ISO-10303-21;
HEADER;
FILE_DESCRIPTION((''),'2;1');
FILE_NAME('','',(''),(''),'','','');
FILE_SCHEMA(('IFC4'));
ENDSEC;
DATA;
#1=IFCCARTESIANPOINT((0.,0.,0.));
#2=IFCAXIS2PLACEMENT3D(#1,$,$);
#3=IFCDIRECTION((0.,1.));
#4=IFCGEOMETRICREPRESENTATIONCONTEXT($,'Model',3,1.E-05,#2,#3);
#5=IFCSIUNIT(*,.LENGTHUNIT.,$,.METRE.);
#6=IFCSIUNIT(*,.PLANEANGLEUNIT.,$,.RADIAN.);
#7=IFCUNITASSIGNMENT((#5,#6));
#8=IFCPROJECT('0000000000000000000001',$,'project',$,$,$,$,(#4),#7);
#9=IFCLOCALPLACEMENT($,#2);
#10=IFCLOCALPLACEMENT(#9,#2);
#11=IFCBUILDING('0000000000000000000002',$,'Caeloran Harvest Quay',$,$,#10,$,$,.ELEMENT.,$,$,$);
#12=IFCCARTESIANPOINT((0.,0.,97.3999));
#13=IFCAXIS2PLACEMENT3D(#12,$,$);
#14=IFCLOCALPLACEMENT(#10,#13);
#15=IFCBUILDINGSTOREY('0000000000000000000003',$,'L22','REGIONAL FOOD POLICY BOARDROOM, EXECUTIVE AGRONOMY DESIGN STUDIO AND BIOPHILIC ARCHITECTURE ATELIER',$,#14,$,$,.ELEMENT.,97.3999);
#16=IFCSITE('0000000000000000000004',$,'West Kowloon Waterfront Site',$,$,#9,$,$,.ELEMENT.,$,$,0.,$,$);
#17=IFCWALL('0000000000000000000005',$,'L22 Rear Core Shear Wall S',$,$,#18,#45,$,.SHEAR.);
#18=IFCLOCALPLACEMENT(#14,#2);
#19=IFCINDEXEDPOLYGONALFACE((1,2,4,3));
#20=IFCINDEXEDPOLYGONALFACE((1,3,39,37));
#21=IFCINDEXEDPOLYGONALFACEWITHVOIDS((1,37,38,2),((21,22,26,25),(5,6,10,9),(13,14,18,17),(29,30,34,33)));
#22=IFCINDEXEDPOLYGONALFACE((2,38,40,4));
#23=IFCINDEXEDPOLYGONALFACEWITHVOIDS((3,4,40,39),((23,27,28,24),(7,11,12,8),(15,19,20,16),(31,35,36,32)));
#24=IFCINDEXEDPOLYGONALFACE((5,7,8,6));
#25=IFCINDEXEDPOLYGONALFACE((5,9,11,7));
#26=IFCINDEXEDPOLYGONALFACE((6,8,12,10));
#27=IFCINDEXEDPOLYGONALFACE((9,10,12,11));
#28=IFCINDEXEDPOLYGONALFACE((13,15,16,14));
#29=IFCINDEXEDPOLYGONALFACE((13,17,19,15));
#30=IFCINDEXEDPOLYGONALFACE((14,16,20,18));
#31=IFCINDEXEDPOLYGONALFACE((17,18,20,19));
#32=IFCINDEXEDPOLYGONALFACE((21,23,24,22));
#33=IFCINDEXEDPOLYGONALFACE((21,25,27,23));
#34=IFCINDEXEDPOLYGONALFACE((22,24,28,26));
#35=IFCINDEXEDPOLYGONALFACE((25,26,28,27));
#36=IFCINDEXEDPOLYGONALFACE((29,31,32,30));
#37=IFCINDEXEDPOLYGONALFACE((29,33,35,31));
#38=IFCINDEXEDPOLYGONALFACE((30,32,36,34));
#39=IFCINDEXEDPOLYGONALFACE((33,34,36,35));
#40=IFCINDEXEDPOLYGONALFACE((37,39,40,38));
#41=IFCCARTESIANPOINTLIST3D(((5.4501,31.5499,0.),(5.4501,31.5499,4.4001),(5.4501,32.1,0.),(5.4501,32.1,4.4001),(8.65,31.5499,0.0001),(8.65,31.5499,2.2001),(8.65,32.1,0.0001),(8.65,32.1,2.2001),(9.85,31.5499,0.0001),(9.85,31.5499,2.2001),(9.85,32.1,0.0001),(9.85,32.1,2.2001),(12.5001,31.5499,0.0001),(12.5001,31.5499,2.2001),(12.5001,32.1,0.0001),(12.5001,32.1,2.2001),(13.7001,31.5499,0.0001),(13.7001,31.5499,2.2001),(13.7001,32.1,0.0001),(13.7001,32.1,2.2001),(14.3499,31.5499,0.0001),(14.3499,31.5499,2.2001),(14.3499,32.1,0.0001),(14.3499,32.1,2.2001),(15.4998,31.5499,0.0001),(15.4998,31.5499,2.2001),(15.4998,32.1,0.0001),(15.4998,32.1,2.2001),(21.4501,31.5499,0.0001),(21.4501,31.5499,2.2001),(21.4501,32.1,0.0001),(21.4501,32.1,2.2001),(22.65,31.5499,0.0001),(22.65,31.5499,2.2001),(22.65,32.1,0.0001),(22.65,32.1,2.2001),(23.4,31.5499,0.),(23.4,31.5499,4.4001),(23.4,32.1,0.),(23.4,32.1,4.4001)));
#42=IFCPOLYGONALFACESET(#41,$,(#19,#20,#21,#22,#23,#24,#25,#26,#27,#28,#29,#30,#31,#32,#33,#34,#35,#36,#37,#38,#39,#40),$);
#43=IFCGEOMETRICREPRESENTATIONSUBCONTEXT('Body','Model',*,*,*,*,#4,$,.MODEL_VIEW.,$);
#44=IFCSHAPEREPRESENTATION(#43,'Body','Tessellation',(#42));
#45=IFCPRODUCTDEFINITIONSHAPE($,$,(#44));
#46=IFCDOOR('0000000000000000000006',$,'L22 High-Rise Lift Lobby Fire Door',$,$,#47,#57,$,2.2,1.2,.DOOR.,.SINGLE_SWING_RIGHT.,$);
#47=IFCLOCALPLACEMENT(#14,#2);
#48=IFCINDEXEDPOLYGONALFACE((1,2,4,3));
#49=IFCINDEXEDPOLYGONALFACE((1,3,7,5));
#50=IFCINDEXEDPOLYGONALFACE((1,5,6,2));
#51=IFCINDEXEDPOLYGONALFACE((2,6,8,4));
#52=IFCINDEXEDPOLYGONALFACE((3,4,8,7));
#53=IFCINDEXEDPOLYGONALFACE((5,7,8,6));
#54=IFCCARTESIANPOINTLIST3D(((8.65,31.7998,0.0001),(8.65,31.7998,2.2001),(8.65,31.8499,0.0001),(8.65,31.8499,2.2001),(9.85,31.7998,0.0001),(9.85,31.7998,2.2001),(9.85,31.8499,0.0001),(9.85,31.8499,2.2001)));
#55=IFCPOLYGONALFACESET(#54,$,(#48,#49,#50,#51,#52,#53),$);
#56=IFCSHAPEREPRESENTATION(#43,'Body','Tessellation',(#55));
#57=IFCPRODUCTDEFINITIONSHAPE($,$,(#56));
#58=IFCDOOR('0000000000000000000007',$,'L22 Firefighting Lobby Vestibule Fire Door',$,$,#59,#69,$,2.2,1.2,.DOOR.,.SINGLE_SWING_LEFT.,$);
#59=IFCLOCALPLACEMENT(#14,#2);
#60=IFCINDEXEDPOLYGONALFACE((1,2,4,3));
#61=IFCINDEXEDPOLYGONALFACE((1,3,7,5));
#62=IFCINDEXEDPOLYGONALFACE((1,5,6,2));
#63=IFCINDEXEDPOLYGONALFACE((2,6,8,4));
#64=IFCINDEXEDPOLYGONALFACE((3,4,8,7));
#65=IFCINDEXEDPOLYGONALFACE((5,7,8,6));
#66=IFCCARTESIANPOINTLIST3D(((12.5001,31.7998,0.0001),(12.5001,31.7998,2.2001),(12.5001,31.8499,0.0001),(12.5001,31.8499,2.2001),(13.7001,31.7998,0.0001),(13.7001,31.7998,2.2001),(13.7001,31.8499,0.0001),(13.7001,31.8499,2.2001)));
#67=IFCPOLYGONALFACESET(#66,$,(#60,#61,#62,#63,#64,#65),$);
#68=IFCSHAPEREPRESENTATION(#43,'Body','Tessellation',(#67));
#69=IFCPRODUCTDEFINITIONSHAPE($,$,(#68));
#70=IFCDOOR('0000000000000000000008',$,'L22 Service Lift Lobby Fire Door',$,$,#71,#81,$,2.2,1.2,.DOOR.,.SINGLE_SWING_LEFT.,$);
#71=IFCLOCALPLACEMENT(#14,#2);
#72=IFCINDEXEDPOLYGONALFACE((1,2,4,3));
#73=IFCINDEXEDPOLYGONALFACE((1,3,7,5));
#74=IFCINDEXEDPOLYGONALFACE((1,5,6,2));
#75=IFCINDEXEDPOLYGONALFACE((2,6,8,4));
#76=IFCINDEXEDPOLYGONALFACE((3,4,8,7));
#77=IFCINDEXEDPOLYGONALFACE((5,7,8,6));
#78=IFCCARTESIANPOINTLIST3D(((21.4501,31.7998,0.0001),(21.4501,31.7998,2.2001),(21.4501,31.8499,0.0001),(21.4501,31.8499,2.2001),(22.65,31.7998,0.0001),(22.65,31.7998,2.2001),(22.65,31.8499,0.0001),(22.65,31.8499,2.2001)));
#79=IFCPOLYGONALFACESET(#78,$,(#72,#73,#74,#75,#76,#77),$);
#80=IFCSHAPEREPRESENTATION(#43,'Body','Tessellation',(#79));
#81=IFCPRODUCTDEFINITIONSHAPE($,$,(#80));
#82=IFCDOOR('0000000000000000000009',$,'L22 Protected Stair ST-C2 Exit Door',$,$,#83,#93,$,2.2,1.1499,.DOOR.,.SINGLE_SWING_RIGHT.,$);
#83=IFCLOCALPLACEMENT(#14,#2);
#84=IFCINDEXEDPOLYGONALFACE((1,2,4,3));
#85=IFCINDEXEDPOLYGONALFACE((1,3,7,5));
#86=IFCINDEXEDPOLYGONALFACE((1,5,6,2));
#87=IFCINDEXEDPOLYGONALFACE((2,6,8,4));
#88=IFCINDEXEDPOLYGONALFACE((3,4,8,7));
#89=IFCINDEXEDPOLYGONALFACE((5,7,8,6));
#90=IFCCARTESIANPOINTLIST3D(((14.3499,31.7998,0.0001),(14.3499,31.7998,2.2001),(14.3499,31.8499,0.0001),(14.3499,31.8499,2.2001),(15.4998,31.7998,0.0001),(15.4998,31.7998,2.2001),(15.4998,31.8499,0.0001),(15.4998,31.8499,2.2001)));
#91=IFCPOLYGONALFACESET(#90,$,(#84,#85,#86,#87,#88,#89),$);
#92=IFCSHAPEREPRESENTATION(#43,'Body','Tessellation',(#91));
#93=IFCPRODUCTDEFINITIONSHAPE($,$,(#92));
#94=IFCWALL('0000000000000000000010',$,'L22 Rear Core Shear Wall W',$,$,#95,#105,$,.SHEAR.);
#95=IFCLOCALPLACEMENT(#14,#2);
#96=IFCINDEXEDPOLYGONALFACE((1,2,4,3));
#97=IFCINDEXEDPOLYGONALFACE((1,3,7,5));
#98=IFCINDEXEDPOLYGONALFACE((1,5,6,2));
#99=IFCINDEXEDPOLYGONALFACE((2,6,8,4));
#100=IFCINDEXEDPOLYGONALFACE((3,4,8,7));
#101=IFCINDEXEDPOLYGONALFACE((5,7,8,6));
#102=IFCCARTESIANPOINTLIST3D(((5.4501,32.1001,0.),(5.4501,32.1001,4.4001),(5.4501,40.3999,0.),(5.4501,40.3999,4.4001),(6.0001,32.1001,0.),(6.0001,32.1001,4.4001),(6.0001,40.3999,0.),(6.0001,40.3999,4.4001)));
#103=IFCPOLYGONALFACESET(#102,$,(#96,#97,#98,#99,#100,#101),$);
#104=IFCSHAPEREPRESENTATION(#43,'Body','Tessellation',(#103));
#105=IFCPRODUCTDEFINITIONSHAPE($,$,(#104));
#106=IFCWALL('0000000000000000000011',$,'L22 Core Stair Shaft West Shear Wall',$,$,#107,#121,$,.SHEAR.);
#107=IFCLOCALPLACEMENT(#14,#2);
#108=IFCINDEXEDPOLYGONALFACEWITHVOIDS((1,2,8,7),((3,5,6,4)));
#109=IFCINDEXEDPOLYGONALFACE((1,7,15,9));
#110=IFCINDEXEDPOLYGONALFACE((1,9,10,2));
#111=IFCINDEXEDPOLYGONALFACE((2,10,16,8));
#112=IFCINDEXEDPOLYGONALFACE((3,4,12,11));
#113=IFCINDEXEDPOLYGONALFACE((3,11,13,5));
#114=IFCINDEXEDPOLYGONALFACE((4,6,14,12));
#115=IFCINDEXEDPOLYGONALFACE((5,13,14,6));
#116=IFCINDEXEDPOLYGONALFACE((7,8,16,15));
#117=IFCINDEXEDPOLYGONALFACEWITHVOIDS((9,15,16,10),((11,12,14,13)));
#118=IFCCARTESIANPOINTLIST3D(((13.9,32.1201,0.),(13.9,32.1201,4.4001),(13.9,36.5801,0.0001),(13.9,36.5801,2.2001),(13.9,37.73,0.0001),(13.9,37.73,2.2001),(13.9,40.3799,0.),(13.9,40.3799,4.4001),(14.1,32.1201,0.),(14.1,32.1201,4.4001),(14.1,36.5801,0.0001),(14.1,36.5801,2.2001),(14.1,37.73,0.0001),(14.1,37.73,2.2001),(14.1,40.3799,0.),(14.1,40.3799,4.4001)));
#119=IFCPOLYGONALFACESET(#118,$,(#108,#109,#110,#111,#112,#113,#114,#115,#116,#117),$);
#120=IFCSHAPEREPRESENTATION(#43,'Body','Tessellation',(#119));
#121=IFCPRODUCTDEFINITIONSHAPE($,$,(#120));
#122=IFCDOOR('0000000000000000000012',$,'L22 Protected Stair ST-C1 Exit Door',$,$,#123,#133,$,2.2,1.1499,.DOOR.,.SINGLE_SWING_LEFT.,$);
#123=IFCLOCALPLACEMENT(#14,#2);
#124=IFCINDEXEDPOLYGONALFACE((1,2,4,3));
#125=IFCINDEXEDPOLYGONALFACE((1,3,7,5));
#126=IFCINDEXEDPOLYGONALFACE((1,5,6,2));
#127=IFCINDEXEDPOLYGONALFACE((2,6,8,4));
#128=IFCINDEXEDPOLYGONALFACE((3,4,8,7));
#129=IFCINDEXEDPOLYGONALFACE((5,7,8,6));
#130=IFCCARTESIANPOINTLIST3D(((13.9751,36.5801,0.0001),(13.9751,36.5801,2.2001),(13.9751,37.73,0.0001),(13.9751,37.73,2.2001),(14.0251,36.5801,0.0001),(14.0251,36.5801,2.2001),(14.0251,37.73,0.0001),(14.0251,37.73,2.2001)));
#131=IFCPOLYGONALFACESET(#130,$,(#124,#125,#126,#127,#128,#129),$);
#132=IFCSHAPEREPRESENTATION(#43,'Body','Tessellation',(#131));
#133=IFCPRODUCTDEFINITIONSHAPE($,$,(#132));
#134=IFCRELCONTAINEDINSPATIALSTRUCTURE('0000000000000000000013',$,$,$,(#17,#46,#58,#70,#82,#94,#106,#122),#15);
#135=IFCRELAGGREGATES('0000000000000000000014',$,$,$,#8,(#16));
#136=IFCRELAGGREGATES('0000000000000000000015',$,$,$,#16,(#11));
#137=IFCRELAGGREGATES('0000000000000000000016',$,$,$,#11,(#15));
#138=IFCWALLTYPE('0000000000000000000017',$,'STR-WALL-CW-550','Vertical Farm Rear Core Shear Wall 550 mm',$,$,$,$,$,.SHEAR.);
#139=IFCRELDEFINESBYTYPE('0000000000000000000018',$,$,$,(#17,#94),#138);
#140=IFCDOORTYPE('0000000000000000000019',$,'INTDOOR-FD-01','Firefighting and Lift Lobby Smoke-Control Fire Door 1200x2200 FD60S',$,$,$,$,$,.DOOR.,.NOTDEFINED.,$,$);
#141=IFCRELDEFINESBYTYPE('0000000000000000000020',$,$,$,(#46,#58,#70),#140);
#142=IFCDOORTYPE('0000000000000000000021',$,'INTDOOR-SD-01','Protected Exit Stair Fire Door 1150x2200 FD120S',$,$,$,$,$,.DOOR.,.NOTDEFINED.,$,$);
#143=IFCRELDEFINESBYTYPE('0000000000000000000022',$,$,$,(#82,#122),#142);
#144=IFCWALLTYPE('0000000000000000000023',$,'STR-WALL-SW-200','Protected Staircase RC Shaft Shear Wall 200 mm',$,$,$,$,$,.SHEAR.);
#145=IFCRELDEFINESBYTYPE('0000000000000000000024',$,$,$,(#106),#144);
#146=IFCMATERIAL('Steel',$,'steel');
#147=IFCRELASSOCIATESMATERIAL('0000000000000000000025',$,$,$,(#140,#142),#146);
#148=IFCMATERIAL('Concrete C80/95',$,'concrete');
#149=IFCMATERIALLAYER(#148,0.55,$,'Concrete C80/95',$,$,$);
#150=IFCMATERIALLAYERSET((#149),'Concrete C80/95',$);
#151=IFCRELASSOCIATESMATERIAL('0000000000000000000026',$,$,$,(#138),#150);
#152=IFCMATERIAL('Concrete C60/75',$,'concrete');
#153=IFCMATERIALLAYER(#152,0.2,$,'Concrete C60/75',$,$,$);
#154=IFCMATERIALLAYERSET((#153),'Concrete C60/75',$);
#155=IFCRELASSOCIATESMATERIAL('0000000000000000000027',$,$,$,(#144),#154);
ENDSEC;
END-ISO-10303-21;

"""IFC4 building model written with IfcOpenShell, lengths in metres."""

from ifc_helpers import new_model, si_unit, direction, frame, frame_2d, origin, place, context, subcontext, project, spatial, rectangle, extrude, material, layer, layer_set, type_object, element, fill, save


model = new_model("IFC4")

# Units and contexts
model_context = context("Model", 3, precision=1e-05, world=origin(), true_north=direction((0.0, 1.0)))
body_context = subcontext(model_context, "Body", "Model", "MODEL_VIEW")
ifc_project = project(units=[si_unit("LENGTHUNIT", "METRE"), si_unit("PLANEANGLEUNIT", "RADIAN")], contexts=[model_context])

# Site, building, storey
site_placement = place(None, origin())
site = spatial("IfcSite", under=ifc_project, at=site_placement, Name="West Kowloon Waterfront Site", CompositionType="ELEMENT", RefElevation=0.0)
building_placement = place(site_placement, origin())
building = spatial("IfcBuilding", under=site, at=building_placement, Name="Caeloran Harvest Quay", CompositionType="ELEMENT")
storey_placement = place(building_placement, frame((0.0, 0.0, 97.3999)))
storey = spatial("IfcBuildingStorey", under=building, at=storey_placement, Name="L22", Description="REGIONAL FOOD POLICY BOARDROOM, EXECUTIVE AGRONOMY DESIGN STUDIO AND BIOPHILIC ARCHITECTURE ATELIER", CompositionType="ELEMENT", Elevation=97.3999)

# Shared definitions
ifc_material_1 = material(Name="Concrete C80/95", Category="concrete")

# Shared definitions
ifc_material_2 = material(Name="Steel", Category="steel")
door_type_1 = type_object("IfcDoorType", Name="INTDOOR-FD-01", Description="Firefighting and Lift Lobby Smoke-Control Fire Door 1200x2200 FD60S", OperationType="NOTDEFINED", PredefinedType="DOOR", material=ifc_material_2)

# Wall, openings, doors
ifc_layer_1 = layer(ifc_material_1, 0.55, Name="Concrete C80/95")
ifc_layer_set_1 = layer_set([ifc_layer_1], Name="Concrete C80/95")
wall_type_1 = type_object("IfcWallType", Name="STR-WALL-CW-550", Description="Vertical Farm Rear Core Shear Wall 550 mm", PredefinedType="SHEAR", material=ifc_layer_set_1)
wall_1_placement = place(storey_placement, frame((5.45, 31.825, 0.0), z_axis=(0.0, 0.0, 1.0), x_axis=(1.0, 0.0, 0.0)))
wall_1 = element("IfcWall", 1, at=wall_1_placement, inside=storey, type_object=wall_type_1, Name="L22 Rear Core Shear Wall S", PredefinedType="SHEAR", context=body_context, shape_type="SweptSolid", body=[
    extrude(rectangle(XDim=17.95, YDim=0.55, at=frame_2d((8.9751, 0.0))), origin(), (0.0, 0.0, 1.0), 4.4001),
])
opening_1_placement = place(wall_1_placement, frame((3.2, 0.0, 0.0)))
opening_1 = element("IfcOpeningElement", 2, at=opening_1_placement, cuts=wall_1, PredefinedType="OPENING", context=body_context, shape_type="SweptSolid", body=[
    extrude(rectangle(XDim=1.2, YDim=2.2, at=frame_2d((0.6001, 1.1001))), frame((0.0, 0.2852, 0.0), z_axis=(0.0, -1.0, 0.0), x_axis=(1.0, 0.0, 0.0)), (0.0, 0.0, 1.0), 0.5701),
])
opening_2_placement = place(wall_1_placement, frame((7.05, 0.0, 0.0)))
opening_2 = element("IfcOpeningElement", 3, at=opening_2_placement, cuts=wall_1, PredefinedType="OPENING", context=body_context, shape_type="SweptSolid", body=[
    extrude(rectangle(XDim=1.2, YDim=2.2, at=frame_2d((0.6001, 1.1001))), frame((0.0, 0.2852, 0.0), z_axis=(0.0, -1.0, 0.0), x_axis=(1.0, 0.0, 0.0)), (0.0, 0.0, 1.0), 0.5701),
])
opening_3_placement = place(wall_1_placement, frame((8.8999, 0.0, 0.0)))
opening_3 = element("IfcOpeningElement", 4, at=opening_3_placement, cuts=wall_1, PredefinedType="OPENING", context=body_context, shape_type="SweptSolid", body=[
    extrude(rectangle(XDim=1.1499, YDim=2.2, at=frame_2d((0.575, 1.1001))), frame((0.0, 0.2852, 0.0), z_axis=(0.0, -1.0, 0.0), x_axis=(1.0, 0.0, 0.0)), (0.0, 0.0, 1.0), 0.5701),
])
opening_4_placement = place(wall_1_placement, frame((16.0, 0.0, 0.0)))
opening_4 = element("IfcOpeningElement", 5, at=opening_4_placement, cuts=wall_1, PredefinedType="OPENING", context=body_context, shape_type="SweptSolid", body=[
    extrude(rectangle(XDim=1.2, YDim=2.2, at=frame_2d((0.6001, 1.1001))), frame((0.0, 0.2852, 0.0), z_axis=(0.0, -1.0, 0.0), x_axis=(1.0, 0.0, 0.0)), (0.0, 0.0, 1.0), 0.5701),
])
door_1_placement = place(opening_1_placement, origin())
door_1 = element("IfcDoor", 6, at=door_1_placement, inside=storey, type_object=door_type_1, Name="L22 High-Rise Lift Lobby Fire Door", OperationType="SINGLE_SWING_RIGHT", OverallHeight=2.2, OverallWidth=1.2, PredefinedType="DOOR", context=body_context, shape_type="SweptSolid", body=[
    extrude(rectangle(XDim=1.2, YDim=2.2, at=frame_2d((0.6001, 1.1001))), frame((0.0, 0.0249, 0.0), z_axis=(0.0, -1.0, 0.0), x_axis=(1.0, 0.0, 0.0)), (0.0, 0.0, 1.0), 0.05),
])
fill(opening_1, door_1)
door_2_placement = place(opening_2_placement, origin())
door_2 = element("IfcDoor", 7, at=door_2_placement, inside=storey, type_object=door_type_1, Name="L22 Firefighting Lobby Vestibule Fire Door", OperationType="SINGLE_SWING_LEFT", OverallHeight=2.2, OverallWidth=1.2, PredefinedType="DOOR", context=body_context, shape_type="SweptSolid", body=[
    extrude(rectangle(XDim=1.2, YDim=2.2, at=frame_2d((0.6001, 1.1001))), frame((0.0, 0.0249, 0.0), z_axis=(0.0, -1.0, 0.0), x_axis=(1.0, 0.0, 0.0)), (0.0, 0.0, 1.0), 0.05),
])
fill(opening_2, door_2)
door_3_placement = place(opening_4_placement, origin())
door_3 = element("IfcDoor", 8, at=door_3_placement, inside=storey, type_object=door_type_1, Name="L22 Service Lift Lobby Fire Door", OperationType="SINGLE_SWING_LEFT", OverallHeight=2.2, OverallWidth=1.2, PredefinedType="DOOR", context=body_context, shape_type="SweptSolid", body=[
    extrude(rectangle(XDim=1.2, YDim=2.2, at=frame_2d((0.6001, 1.1001))), frame((0.0, 0.0249, 0.0), z_axis=(0.0, -1.0, 0.0), x_axis=(1.0, 0.0, 0.0)), (0.0, 0.0, 1.0), 0.05),
])
fill(opening_4, door_3)
door_type_2 = type_object("IfcDoorType", Name="INTDOOR-SD-01", Description="Protected Exit Stair Fire Door 1150x2200 FD120S", OperationType="NOTDEFINED", PredefinedType="DOOR", material=ifc_material_2)
door_4_placement = place(opening_3_placement, origin())
door_4 = element("IfcDoor", 9, at=door_4_placement, inside=storey, type_object=door_type_2, Name="L22 Protected Stair ST-C2 Exit Door", OperationType="SINGLE_SWING_RIGHT", OverallHeight=2.2, OverallWidth=1.1499, PredefinedType="DOOR", context=body_context, shape_type="SweptSolid", body=[
    extrude(rectangle(XDim=1.1499, YDim=2.2, at=frame_2d((0.575, 1.1001))), frame((0.0, 0.0249, 0.0), z_axis=(0.0, -1.0, 0.0), x_axis=(1.0, 0.0, 0.0)), (0.0, 0.0, 1.0), 0.05),
])
fill(opening_3, door_4)

# Wall
wall_2_placement = place(storey_placement, frame((5.7251, 32.1001, 0.0), z_axis=(0.0, 0.0, 1.0), x_axis=(0.0, 1.0, 0.0)))
element("IfcWall", 10, at=wall_2_placement, inside=storey, type_object=wall_type_1, Name="L22 Rear Core Shear Wall W", PredefinedType="SHEAR", context=body_context, shape_type="SweptSolid", body=[
    extrude(rectangle(XDim=8.2998, YDim=0.55, at=frame_2d((4.1499, 0.0))), origin(), (0.0, 0.0, 1.0), 4.4001),
])

# Wall, opening, door
ifc_material_3 = material(Name="Concrete C60/75", Category="concrete")
ifc_layer_2 = layer(ifc_material_3, 0.2, Name="Concrete C60/75")
ifc_layer_set_2 = layer_set([ifc_layer_2], Name="Concrete C60/75")
wall_type_2 = type_object("IfcWallType", Name="STR-WALL-SW-200", Description="Protected Staircase RC Shaft Shear Wall 200 mm", PredefinedType="SHEAR", material=ifc_layer_set_2)
wall_3_placement = place(storey_placement, frame((14.0, 32.1201, 0.0), z_axis=(0.0, 0.0, 1.0), x_axis=(0.0, 1.0, 0.0)))
wall_3 = element("IfcWall", 11, at=wall_3_placement, inside=storey, type_object=wall_type_2, Name="L22 Core Stair Shaft West Shear Wall", PredefinedType="SHEAR", context=body_context, shape_type="SweptSolid", body=[
    extrude(rectangle(XDim=8.2598, YDim=0.2, at=frame_2d((4.1299, 0.0))), origin(), (0.0, 0.0, 1.0), 4.4001),
])
opening_5_placement = place(wall_3_placement, frame((4.46, 0.0, 0.0)))
opening_5 = element("IfcOpeningElement", 12, at=opening_5_placement, cuts=wall_3, PredefinedType="OPENING", context=body_context, shape_type="SweptSolid", body=[
    extrude(rectangle(XDim=1.1499, YDim=2.2, at=frame_2d((0.575, 1.1001))), frame((0.0, 0.1099, 0.0), z_axis=(0.0, -1.0, 0.0), x_axis=(1.0, 0.0, 0.0)), (0.0, 0.0, 1.0), 0.22),
])
door_5_placement = place(opening_5_placement, origin())
door_5 = element("IfcDoor", 13, at=door_5_placement, inside=storey, type_object=door_type_2, Name="L22 Protected Stair ST-C1 Exit Door", OperationType="SINGLE_SWING_LEFT", OverallHeight=2.2, OverallWidth=1.1499, PredefinedType="DOOR", context=body_context, shape_type="SweptSolid", body=[
    extrude(rectangle(XDim=1.1499, YDim=2.2, at=frame_2d((0.575, 1.1001))), frame((0.0, 0.0249, 0.0), z_axis=(0.0, -1.0, 0.0), x_axis=(1.0, 0.0, 0.0)), (0.0, 0.0, 1.0), 0.05),
])
fill(opening_5, door_5)

save(model, "model.ifc")
